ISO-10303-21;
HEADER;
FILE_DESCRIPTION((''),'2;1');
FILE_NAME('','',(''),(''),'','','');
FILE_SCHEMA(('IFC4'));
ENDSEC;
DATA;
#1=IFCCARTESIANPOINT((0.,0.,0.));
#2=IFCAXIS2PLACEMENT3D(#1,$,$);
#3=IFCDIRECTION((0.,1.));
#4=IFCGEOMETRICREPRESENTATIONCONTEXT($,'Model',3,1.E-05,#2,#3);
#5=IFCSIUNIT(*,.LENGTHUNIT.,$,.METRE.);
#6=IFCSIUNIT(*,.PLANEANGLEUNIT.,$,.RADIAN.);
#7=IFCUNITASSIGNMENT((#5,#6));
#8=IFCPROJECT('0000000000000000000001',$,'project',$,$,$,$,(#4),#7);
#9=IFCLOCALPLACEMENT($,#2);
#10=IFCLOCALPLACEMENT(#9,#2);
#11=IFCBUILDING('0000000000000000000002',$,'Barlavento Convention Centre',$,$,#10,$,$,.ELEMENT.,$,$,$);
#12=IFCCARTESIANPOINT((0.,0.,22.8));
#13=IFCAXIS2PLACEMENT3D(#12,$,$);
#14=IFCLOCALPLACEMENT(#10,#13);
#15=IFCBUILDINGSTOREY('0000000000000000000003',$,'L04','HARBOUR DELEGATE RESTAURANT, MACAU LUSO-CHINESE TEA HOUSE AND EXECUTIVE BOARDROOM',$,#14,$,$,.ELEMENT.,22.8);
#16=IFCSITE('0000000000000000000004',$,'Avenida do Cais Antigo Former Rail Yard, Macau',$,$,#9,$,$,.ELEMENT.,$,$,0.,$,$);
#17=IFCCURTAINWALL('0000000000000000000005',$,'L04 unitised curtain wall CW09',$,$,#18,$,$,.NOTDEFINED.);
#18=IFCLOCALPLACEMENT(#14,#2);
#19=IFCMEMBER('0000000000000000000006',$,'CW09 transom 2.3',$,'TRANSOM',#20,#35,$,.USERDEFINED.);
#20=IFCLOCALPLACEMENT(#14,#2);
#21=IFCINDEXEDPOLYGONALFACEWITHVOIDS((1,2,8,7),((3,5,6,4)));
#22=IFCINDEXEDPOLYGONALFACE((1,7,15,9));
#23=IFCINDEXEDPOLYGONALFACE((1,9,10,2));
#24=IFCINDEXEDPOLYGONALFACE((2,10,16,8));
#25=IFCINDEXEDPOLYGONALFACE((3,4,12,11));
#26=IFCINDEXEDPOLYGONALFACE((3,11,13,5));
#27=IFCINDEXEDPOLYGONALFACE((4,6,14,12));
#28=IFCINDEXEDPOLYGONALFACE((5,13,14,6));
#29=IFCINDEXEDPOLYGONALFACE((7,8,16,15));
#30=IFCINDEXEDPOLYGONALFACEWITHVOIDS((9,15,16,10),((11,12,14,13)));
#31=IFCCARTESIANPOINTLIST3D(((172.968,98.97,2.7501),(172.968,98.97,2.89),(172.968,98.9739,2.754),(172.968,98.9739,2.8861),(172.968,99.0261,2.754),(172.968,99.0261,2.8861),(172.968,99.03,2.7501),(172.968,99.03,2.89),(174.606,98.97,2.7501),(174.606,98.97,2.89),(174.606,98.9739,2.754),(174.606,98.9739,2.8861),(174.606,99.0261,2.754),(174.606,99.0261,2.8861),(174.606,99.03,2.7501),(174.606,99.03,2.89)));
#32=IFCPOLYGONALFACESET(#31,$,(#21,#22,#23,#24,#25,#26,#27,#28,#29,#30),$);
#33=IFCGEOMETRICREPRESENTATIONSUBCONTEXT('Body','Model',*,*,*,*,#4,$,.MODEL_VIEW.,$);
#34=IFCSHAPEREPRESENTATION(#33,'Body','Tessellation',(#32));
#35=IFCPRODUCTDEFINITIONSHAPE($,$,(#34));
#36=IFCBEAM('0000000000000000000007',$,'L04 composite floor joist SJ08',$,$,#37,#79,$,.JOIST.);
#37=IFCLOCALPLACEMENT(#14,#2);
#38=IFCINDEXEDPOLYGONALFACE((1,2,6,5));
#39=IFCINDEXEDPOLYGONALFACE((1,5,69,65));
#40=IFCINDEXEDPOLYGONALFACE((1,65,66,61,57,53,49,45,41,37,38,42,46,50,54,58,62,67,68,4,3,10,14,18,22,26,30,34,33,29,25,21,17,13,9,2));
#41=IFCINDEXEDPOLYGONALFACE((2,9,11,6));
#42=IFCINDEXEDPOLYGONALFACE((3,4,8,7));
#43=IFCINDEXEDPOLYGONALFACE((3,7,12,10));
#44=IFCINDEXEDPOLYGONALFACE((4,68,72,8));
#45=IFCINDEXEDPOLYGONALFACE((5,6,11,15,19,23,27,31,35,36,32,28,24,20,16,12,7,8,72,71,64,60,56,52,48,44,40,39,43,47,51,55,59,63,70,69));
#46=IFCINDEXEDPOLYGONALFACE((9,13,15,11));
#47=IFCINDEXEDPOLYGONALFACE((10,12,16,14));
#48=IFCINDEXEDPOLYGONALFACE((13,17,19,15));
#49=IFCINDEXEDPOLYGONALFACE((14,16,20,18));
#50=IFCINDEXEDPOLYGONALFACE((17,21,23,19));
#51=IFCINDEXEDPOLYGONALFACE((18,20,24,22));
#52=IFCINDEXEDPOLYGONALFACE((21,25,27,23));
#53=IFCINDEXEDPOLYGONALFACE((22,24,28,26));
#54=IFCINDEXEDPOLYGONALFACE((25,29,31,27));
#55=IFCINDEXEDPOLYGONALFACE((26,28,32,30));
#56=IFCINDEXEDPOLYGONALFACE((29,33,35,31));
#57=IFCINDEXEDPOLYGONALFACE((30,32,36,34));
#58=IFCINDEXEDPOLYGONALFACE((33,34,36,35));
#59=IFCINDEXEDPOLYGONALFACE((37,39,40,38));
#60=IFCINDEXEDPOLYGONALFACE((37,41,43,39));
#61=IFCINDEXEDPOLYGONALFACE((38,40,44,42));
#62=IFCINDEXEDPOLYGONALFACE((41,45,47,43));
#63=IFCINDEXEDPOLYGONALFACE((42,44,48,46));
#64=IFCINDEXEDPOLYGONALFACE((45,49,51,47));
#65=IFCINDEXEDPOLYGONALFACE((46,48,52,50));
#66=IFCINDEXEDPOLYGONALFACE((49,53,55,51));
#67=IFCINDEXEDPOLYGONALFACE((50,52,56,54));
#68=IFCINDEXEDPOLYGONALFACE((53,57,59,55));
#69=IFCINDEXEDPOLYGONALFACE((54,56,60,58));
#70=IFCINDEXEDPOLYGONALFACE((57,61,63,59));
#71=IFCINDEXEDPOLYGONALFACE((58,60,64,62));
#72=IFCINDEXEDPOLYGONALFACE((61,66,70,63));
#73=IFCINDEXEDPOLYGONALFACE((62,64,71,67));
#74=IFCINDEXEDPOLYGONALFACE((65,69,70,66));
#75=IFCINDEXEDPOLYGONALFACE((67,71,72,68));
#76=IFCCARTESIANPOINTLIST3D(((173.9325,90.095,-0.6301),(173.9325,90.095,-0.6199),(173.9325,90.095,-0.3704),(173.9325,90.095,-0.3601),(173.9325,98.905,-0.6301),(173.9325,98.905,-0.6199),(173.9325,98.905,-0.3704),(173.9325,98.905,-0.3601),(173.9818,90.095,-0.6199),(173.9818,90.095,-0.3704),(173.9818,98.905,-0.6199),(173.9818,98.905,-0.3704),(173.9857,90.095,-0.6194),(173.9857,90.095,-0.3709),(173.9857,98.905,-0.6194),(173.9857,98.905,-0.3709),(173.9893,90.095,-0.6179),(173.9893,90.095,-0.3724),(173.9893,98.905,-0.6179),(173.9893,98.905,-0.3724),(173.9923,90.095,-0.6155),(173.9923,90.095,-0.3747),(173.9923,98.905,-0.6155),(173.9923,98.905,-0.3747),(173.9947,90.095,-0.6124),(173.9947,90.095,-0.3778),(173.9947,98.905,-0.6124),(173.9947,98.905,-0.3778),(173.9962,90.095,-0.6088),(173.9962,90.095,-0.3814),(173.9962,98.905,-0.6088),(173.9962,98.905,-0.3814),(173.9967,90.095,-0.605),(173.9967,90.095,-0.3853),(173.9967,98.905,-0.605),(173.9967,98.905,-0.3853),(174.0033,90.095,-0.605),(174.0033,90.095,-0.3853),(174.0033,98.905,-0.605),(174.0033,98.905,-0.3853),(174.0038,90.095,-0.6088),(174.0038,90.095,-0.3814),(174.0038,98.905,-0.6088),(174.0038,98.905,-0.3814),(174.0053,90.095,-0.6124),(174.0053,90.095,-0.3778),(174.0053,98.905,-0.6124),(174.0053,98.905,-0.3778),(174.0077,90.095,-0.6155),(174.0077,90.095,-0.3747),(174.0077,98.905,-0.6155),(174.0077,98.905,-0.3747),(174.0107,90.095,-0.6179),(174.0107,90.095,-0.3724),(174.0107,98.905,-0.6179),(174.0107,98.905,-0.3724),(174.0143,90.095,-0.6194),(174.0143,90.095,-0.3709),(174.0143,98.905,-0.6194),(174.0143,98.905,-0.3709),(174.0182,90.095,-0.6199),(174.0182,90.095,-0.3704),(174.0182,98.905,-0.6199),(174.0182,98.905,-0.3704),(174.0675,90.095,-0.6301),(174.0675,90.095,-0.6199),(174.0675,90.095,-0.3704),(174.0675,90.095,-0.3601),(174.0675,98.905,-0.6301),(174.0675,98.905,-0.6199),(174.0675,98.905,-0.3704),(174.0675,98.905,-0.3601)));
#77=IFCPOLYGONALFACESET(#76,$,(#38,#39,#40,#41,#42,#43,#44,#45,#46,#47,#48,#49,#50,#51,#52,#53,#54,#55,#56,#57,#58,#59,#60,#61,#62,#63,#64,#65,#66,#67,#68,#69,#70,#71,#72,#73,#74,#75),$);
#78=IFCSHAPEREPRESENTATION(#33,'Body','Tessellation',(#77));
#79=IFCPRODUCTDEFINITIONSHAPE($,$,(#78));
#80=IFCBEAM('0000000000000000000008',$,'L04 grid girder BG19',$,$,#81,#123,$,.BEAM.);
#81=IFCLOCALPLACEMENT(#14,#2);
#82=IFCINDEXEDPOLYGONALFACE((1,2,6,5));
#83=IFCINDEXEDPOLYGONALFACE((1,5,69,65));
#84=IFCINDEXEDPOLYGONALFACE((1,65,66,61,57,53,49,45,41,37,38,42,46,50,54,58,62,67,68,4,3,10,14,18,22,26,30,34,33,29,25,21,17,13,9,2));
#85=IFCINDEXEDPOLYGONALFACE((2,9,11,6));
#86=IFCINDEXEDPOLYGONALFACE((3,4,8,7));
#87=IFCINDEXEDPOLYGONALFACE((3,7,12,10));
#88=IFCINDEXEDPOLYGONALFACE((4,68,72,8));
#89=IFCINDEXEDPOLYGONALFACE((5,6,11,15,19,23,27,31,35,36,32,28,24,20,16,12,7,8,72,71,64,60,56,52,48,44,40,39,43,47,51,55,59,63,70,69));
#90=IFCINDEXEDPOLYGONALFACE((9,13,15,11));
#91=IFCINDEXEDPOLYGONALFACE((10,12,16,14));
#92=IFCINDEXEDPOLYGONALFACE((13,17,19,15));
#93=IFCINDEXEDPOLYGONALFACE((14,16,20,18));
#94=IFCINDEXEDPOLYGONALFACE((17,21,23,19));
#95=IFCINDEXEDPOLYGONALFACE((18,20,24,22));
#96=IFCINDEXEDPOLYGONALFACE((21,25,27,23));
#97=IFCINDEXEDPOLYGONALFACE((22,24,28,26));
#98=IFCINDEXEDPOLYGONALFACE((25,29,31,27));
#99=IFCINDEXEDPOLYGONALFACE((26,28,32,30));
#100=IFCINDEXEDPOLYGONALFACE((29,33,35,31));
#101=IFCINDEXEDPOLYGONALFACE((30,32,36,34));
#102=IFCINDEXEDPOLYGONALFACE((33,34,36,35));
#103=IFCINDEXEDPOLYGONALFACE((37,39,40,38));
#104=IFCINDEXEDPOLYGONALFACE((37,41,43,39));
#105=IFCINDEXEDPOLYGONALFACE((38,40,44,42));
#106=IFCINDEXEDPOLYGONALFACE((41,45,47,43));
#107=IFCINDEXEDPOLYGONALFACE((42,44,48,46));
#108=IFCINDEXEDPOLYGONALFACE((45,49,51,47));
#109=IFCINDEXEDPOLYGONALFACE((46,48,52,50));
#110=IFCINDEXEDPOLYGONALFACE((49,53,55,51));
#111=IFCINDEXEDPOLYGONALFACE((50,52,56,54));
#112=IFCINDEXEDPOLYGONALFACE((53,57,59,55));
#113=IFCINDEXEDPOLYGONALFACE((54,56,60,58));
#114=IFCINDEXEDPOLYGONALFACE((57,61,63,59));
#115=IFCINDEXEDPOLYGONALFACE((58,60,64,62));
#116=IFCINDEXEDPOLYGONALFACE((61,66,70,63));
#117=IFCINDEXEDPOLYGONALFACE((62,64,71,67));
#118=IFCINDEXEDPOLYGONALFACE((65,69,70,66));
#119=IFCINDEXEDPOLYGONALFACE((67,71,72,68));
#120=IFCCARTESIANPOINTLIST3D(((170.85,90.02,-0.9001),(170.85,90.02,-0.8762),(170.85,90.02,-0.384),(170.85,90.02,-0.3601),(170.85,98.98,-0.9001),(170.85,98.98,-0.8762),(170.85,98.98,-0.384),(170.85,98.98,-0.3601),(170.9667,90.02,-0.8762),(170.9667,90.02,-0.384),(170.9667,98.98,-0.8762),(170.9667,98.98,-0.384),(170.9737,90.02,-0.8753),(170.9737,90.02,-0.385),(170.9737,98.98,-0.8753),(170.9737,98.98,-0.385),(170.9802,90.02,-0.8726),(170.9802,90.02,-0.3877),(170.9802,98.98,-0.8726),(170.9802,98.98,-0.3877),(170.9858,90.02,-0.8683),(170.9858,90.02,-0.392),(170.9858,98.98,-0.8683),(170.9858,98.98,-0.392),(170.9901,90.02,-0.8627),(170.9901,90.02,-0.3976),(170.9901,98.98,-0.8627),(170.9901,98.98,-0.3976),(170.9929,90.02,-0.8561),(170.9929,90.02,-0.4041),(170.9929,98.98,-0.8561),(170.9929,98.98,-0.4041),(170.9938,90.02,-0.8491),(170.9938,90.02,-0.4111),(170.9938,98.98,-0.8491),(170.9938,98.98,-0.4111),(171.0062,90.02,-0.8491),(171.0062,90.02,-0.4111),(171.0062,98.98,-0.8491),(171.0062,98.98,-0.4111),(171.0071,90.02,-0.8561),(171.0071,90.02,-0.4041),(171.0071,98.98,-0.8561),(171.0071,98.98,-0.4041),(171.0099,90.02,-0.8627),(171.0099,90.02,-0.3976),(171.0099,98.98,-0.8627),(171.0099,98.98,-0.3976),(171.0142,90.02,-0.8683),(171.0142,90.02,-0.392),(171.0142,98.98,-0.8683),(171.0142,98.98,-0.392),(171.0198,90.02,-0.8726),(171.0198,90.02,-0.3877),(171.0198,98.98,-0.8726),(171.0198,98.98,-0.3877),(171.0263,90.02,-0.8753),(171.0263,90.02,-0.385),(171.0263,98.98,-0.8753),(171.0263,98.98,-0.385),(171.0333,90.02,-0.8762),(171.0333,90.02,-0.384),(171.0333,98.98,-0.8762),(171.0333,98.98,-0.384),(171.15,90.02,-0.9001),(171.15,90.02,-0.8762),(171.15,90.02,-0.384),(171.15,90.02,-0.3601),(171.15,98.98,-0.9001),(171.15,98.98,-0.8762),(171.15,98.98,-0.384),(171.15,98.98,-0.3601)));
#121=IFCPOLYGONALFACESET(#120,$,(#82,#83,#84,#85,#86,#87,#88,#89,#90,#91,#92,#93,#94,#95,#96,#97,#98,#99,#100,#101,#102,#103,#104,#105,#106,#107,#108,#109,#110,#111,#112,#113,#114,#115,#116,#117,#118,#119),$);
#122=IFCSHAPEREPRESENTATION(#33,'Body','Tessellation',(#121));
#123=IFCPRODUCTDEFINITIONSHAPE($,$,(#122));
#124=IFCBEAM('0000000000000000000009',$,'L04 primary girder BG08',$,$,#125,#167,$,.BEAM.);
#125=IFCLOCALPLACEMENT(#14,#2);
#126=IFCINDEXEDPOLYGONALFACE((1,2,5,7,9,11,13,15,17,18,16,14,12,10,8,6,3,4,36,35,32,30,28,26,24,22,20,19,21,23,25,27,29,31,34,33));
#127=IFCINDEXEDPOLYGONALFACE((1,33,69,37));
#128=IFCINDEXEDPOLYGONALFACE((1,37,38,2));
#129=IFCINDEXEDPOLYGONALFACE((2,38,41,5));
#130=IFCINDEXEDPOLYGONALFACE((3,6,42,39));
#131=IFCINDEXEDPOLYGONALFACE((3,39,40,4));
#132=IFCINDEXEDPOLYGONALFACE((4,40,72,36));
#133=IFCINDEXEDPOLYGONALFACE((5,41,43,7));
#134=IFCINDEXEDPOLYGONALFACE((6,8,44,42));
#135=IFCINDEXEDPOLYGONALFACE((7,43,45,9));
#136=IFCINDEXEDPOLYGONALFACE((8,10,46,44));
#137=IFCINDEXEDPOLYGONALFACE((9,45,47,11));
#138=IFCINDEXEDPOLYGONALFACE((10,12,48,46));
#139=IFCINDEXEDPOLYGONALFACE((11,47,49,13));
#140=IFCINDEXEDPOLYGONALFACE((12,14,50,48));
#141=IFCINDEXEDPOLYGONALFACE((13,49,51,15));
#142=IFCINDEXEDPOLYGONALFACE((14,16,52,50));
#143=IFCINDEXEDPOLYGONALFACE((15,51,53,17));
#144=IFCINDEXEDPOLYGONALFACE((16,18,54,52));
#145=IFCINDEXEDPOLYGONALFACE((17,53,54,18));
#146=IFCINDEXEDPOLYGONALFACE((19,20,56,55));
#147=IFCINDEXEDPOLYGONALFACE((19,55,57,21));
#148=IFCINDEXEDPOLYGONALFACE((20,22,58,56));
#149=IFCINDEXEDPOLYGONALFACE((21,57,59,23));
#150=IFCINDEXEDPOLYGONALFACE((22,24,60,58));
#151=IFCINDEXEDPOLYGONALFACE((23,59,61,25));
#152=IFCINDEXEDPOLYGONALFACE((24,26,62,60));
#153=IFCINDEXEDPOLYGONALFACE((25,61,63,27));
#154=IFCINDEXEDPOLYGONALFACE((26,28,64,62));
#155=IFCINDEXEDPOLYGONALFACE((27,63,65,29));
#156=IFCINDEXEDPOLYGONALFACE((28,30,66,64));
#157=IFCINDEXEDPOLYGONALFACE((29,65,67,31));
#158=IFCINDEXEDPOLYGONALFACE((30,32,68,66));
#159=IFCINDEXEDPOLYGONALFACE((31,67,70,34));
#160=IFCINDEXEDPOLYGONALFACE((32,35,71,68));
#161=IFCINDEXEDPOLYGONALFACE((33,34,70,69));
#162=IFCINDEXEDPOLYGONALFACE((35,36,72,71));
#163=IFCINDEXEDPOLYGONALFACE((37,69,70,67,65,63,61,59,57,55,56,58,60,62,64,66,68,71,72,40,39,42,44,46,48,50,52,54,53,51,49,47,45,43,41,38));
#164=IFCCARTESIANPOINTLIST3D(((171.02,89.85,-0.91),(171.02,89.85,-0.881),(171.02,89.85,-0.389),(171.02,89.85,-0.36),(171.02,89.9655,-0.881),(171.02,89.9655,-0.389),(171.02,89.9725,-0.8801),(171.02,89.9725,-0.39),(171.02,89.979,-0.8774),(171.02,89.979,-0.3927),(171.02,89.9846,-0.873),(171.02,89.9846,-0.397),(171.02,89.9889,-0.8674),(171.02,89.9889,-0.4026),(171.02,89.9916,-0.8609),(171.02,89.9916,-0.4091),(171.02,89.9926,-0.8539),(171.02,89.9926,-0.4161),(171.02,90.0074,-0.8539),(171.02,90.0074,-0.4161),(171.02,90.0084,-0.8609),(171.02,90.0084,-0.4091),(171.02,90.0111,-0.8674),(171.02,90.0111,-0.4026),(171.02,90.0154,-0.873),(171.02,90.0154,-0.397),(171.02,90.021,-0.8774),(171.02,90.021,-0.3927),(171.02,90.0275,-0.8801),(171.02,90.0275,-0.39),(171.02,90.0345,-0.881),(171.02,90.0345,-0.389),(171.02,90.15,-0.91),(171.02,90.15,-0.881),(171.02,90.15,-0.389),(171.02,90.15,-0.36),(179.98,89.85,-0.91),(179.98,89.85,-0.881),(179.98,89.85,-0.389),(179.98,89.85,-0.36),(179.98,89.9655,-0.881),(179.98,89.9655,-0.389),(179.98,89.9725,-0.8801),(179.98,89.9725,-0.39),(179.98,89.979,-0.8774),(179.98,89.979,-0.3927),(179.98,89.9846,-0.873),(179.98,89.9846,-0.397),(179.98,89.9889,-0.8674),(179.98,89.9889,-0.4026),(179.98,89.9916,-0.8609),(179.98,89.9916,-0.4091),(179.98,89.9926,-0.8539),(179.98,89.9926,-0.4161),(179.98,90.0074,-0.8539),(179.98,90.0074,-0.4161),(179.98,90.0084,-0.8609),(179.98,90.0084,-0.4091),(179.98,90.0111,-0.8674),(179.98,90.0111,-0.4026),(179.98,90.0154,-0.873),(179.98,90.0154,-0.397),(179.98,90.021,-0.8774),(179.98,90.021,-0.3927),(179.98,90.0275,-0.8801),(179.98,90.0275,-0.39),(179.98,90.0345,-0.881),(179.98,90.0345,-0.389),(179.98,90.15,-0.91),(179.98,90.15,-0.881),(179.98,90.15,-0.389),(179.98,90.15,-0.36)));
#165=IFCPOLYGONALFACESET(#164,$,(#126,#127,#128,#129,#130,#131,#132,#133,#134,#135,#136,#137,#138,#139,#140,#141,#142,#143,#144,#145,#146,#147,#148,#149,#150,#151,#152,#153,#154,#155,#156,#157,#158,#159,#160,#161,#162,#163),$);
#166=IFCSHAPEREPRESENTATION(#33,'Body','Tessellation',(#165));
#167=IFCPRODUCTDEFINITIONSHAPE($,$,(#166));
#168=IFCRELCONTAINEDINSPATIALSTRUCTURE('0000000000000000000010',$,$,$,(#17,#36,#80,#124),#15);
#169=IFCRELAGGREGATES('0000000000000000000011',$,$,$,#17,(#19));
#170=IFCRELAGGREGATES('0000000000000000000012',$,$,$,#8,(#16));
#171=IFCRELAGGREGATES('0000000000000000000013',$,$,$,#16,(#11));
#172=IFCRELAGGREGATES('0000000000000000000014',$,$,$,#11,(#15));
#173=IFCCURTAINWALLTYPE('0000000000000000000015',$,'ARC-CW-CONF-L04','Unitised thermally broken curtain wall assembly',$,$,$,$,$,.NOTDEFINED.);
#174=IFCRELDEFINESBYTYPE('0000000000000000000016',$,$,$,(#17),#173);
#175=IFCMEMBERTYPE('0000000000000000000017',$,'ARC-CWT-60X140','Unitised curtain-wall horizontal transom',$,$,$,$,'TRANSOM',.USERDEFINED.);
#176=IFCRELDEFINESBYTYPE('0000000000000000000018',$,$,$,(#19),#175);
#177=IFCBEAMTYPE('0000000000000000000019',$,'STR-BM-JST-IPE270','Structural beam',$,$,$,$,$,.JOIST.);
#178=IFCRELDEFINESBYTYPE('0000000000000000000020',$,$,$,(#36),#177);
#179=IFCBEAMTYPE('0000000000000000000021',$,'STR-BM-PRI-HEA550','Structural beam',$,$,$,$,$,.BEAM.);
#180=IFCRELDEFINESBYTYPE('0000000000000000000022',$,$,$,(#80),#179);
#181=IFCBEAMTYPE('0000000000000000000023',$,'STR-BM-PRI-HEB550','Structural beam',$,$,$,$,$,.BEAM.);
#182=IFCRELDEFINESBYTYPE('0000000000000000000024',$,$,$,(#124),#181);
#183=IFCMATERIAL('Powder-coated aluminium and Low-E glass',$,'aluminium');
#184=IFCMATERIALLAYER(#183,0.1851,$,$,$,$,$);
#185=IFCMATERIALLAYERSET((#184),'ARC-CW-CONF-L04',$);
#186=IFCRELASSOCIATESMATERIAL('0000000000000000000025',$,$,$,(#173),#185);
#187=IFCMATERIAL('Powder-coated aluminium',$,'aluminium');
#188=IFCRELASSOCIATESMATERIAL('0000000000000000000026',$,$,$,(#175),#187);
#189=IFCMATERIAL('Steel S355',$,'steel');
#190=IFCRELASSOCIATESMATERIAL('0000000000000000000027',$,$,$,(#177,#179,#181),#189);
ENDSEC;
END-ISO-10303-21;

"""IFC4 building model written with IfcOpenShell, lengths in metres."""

from ifc_helpers import new_model, si_unit, direction, frame, origin, origin_2d, place, context, subcontext, project, spatial, hollow_rectangle, i_section, extrude, material, layer, layer_set, material_profile, profile_set, type_object, element, aggregate, save


model = new_model("IFC4")

# Units and contexts
model_context = context("Model", 3, precision=1e-05, world=origin(), true_north=direction((0.0, 1.0)))
body_context = subcontext(model_context, "Body", "Model", "MODEL_VIEW")
ifc_project = project(units=[si_unit("LENGTHUNIT", "METRE"), si_unit("PLANEANGLEUNIT", "RADIAN")], contexts=[model_context])

# Site, building, storey
site_placement = place(None, origin())
site = spatial("IfcSite", under=ifc_project, at=site_placement, Name="Avenida do Cais Antigo Former Rail Yard, Macau", CompositionType="ELEMENT", RefElevation=0.0)
building_placement = place(site_placement, origin())
building = spatial("IfcBuilding", under=site, at=building_placement, Name="Barlavento Convention Centre", CompositionType="ELEMENT")
storey_placement = place(building_placement, frame((0.0, 0.0, 22.8)))
storey = spatial("IfcBuildingStorey", under=building, at=storey_placement, Name="L04", Description="HARBOUR DELEGATE RESTAURANT, MACAU LUSO-CHINESE TEA HOUSE AND EXECUTIVE BOARDROOM", CompositionType="ELEMENT", Elevation=22.8)

# Shared definitions
ifc_material_1 = material(Name="Steel S355", Category="steel")

# Curtain wall, member
ifc_material_2 = material(Name="Powder-coated aluminium and Low-E glass", Category="aluminium")
ifc_layer_1 = layer(ifc_material_2, 0.1851)
ifc_layer_set_1 = layer_set([ifc_layer_1], Name="ARC-CW-CONF-L04")
curtain_wall_type = type_object("IfcCurtainWallType", Name="ARC-CW-CONF-L04", Description="Unitised thermally broken curtain wall assembly", PredefinedType="NOTDEFINED", material=ifc_layer_set_1)
curtain_wall_placement = place(storey_placement, origin())
curtain_wall = element("IfcCurtainWall", 1, at=curtain_wall_placement, inside=storey, type_object=curtain_wall_type, Name="L04 unitised curtain wall CW09", PredefinedType="NOTDEFINED")
ifc_material_3 = material(Name="Powder-coated aluminium", Category="aluminium")
ifc_material_profile_1 = material_profile(ifc_material_3, hollow_rectangle(XDim=0.0601, YDim=0.1399, WallThickness=0.0039, at=origin_2d()), Name="AL-TRAN 60x140x4")
ifc_profile_set_1 = profile_set([ifc_material_profile_1], Name="Powder-coated aluminium")
member_type_1 = type_object("IfcMemberType", Name="ARC-CWT-60X140", Description="Unitised curtain-wall horizontal transom", ElementType="TRANSOM", PredefinedType="USERDEFINED", material=ifc_profile_set_1)
member_1_placement = place(storey_placement, frame((172.968, 99.0, 2.8201), z_axis=(1.0, 0.0, 0.0), x_axis=(0.0, 1.0, 0.0)))
member_1 = element("IfcMember", 2, at=member_1_placement, type_object=member_type_1, Name="CW09 transom 2.3", ObjectType="TRANSOM", PredefinedType="USERDEFINED", context=body_context, shape_type="SweptSolid", body=[
    extrude(hollow_rectangle(XDim=0.0601, YDim=0.1399, WallThickness=0.0039, at=origin_2d()), origin(), (0.0, 0.0, 1.0), 1.6379),
])

# Beams
ifc_material_profile_2 = material_profile(ifc_material_1, i_section(OverallWidth=0.135, OverallDepth=0.27, WebThickness=0.0066, FlangeThickness=0.0103, FilletRadius=0.0149, at=origin_2d()), Name="IPE 270")
ifc_profile_set_2 = profile_set([ifc_material_profile_2], Name="Steel S355")
beam_type_1 = type_object("IfcBeamType", Name="STR-BM-JST-IPE270", Description="Structural beam", PredefinedType="JOIST", material=ifc_profile_set_2)
beam_1_placement = place(storey_placement, frame((174.0, 90.095, -0.4951), z_axis=(0.0, 1.0, 0.0), x_axis=(-1.0, 0.0, 0.0)))
element("IfcBeam", 3, at=beam_1_placement, inside=storey, type_object=beam_type_1, Name="L04 composite floor joist SJ08", PredefinedType="JOIST", context=body_context, shape_type="SweptSolid", body=[
    extrude(i_section(OverallWidth=0.135, OverallDepth=0.27, WebThickness=0.0066, FlangeThickness=0.0103, FilletRadius=0.0149, at=origin_2d()), origin(), (0.0, 0.0, 1.0), 8.8101),
])
ifc_material_profile_3 = material_profile(ifc_material_1, i_section(OverallWidth=0.3, OverallDepth=0.54, WebThickness=0.0125, FlangeThickness=0.0239, FilletRadius=0.0271, at=origin_2d()), Name="HEA 550")
ifc_profile_set_3 = profile_set([ifc_material_profile_3], Name="Steel S355")
beam_type_2 = type_object("IfcBeamType", Name="STR-BM-PRI-HEA550", Description="Structural beam", PredefinedType="BEAM", material=ifc_profile_set_3)
beam_2_placement = place(storey_placement, frame((171.0, 90.02, -0.6301), z_axis=(0.0, 1.0, 0.0), x_axis=(-1.0, 0.0, 0.0)))
element("IfcBeam", 4, at=beam_2_placement, inside=storey, type_object=beam_type_2, Name="L04 grid girder BG19", PredefinedType="BEAM", context=body_context, shape_type="SweptSolid", body=[
    extrude(i_section(OverallWidth=0.3, OverallDepth=0.54, WebThickness=0.0125, FlangeThickness=0.0239, FilletRadius=0.0271, at=origin_2d()), origin(), (0.0, 0.0, 1.0), 8.96),
])
ifc_material_profile_4 = material_profile(ifc_material_1, i_section(OverallWidth=0.3, OverallDepth=0.55, WebThickness=0.0149, FlangeThickness=0.0291, FilletRadius=0.0271, at=origin_2d()), Name="HEB 550")
ifc_profile_set_4 = profile_set([ifc_material_profile_4], Name="Steel S355")
beam_type_3 = type_object("IfcBeamType", Name="STR-BM-PRI-HEB550", Description="Structural beam", PredefinedType="BEAM", material=ifc_profile_set_4)
beam_3_placement = place(storey_placement, frame((171.02, 90.0, -0.635), z_axis=(1.0, 0.0, 0.0), x_axis=(0.0, 1.0, 0.0)))
element("IfcBeam", 5, at=beam_3_placement, inside=storey, type_object=beam_type_3, Name="L04 primary girder BG08", PredefinedType="BEAM", context=body_context, shape_type="SweptSolid", body=[
    extrude(i_section(OverallWidth=0.3, OverallDepth=0.55, WebThickness=0.0149, FlangeThickness=0.0291, FilletRadius=0.0271, at=origin_2d()), origin(), (0.0, 0.0, 1.0), 8.96),
])

aggregate(curtain_wall, [member_1])

save(model, "model.ifc")
